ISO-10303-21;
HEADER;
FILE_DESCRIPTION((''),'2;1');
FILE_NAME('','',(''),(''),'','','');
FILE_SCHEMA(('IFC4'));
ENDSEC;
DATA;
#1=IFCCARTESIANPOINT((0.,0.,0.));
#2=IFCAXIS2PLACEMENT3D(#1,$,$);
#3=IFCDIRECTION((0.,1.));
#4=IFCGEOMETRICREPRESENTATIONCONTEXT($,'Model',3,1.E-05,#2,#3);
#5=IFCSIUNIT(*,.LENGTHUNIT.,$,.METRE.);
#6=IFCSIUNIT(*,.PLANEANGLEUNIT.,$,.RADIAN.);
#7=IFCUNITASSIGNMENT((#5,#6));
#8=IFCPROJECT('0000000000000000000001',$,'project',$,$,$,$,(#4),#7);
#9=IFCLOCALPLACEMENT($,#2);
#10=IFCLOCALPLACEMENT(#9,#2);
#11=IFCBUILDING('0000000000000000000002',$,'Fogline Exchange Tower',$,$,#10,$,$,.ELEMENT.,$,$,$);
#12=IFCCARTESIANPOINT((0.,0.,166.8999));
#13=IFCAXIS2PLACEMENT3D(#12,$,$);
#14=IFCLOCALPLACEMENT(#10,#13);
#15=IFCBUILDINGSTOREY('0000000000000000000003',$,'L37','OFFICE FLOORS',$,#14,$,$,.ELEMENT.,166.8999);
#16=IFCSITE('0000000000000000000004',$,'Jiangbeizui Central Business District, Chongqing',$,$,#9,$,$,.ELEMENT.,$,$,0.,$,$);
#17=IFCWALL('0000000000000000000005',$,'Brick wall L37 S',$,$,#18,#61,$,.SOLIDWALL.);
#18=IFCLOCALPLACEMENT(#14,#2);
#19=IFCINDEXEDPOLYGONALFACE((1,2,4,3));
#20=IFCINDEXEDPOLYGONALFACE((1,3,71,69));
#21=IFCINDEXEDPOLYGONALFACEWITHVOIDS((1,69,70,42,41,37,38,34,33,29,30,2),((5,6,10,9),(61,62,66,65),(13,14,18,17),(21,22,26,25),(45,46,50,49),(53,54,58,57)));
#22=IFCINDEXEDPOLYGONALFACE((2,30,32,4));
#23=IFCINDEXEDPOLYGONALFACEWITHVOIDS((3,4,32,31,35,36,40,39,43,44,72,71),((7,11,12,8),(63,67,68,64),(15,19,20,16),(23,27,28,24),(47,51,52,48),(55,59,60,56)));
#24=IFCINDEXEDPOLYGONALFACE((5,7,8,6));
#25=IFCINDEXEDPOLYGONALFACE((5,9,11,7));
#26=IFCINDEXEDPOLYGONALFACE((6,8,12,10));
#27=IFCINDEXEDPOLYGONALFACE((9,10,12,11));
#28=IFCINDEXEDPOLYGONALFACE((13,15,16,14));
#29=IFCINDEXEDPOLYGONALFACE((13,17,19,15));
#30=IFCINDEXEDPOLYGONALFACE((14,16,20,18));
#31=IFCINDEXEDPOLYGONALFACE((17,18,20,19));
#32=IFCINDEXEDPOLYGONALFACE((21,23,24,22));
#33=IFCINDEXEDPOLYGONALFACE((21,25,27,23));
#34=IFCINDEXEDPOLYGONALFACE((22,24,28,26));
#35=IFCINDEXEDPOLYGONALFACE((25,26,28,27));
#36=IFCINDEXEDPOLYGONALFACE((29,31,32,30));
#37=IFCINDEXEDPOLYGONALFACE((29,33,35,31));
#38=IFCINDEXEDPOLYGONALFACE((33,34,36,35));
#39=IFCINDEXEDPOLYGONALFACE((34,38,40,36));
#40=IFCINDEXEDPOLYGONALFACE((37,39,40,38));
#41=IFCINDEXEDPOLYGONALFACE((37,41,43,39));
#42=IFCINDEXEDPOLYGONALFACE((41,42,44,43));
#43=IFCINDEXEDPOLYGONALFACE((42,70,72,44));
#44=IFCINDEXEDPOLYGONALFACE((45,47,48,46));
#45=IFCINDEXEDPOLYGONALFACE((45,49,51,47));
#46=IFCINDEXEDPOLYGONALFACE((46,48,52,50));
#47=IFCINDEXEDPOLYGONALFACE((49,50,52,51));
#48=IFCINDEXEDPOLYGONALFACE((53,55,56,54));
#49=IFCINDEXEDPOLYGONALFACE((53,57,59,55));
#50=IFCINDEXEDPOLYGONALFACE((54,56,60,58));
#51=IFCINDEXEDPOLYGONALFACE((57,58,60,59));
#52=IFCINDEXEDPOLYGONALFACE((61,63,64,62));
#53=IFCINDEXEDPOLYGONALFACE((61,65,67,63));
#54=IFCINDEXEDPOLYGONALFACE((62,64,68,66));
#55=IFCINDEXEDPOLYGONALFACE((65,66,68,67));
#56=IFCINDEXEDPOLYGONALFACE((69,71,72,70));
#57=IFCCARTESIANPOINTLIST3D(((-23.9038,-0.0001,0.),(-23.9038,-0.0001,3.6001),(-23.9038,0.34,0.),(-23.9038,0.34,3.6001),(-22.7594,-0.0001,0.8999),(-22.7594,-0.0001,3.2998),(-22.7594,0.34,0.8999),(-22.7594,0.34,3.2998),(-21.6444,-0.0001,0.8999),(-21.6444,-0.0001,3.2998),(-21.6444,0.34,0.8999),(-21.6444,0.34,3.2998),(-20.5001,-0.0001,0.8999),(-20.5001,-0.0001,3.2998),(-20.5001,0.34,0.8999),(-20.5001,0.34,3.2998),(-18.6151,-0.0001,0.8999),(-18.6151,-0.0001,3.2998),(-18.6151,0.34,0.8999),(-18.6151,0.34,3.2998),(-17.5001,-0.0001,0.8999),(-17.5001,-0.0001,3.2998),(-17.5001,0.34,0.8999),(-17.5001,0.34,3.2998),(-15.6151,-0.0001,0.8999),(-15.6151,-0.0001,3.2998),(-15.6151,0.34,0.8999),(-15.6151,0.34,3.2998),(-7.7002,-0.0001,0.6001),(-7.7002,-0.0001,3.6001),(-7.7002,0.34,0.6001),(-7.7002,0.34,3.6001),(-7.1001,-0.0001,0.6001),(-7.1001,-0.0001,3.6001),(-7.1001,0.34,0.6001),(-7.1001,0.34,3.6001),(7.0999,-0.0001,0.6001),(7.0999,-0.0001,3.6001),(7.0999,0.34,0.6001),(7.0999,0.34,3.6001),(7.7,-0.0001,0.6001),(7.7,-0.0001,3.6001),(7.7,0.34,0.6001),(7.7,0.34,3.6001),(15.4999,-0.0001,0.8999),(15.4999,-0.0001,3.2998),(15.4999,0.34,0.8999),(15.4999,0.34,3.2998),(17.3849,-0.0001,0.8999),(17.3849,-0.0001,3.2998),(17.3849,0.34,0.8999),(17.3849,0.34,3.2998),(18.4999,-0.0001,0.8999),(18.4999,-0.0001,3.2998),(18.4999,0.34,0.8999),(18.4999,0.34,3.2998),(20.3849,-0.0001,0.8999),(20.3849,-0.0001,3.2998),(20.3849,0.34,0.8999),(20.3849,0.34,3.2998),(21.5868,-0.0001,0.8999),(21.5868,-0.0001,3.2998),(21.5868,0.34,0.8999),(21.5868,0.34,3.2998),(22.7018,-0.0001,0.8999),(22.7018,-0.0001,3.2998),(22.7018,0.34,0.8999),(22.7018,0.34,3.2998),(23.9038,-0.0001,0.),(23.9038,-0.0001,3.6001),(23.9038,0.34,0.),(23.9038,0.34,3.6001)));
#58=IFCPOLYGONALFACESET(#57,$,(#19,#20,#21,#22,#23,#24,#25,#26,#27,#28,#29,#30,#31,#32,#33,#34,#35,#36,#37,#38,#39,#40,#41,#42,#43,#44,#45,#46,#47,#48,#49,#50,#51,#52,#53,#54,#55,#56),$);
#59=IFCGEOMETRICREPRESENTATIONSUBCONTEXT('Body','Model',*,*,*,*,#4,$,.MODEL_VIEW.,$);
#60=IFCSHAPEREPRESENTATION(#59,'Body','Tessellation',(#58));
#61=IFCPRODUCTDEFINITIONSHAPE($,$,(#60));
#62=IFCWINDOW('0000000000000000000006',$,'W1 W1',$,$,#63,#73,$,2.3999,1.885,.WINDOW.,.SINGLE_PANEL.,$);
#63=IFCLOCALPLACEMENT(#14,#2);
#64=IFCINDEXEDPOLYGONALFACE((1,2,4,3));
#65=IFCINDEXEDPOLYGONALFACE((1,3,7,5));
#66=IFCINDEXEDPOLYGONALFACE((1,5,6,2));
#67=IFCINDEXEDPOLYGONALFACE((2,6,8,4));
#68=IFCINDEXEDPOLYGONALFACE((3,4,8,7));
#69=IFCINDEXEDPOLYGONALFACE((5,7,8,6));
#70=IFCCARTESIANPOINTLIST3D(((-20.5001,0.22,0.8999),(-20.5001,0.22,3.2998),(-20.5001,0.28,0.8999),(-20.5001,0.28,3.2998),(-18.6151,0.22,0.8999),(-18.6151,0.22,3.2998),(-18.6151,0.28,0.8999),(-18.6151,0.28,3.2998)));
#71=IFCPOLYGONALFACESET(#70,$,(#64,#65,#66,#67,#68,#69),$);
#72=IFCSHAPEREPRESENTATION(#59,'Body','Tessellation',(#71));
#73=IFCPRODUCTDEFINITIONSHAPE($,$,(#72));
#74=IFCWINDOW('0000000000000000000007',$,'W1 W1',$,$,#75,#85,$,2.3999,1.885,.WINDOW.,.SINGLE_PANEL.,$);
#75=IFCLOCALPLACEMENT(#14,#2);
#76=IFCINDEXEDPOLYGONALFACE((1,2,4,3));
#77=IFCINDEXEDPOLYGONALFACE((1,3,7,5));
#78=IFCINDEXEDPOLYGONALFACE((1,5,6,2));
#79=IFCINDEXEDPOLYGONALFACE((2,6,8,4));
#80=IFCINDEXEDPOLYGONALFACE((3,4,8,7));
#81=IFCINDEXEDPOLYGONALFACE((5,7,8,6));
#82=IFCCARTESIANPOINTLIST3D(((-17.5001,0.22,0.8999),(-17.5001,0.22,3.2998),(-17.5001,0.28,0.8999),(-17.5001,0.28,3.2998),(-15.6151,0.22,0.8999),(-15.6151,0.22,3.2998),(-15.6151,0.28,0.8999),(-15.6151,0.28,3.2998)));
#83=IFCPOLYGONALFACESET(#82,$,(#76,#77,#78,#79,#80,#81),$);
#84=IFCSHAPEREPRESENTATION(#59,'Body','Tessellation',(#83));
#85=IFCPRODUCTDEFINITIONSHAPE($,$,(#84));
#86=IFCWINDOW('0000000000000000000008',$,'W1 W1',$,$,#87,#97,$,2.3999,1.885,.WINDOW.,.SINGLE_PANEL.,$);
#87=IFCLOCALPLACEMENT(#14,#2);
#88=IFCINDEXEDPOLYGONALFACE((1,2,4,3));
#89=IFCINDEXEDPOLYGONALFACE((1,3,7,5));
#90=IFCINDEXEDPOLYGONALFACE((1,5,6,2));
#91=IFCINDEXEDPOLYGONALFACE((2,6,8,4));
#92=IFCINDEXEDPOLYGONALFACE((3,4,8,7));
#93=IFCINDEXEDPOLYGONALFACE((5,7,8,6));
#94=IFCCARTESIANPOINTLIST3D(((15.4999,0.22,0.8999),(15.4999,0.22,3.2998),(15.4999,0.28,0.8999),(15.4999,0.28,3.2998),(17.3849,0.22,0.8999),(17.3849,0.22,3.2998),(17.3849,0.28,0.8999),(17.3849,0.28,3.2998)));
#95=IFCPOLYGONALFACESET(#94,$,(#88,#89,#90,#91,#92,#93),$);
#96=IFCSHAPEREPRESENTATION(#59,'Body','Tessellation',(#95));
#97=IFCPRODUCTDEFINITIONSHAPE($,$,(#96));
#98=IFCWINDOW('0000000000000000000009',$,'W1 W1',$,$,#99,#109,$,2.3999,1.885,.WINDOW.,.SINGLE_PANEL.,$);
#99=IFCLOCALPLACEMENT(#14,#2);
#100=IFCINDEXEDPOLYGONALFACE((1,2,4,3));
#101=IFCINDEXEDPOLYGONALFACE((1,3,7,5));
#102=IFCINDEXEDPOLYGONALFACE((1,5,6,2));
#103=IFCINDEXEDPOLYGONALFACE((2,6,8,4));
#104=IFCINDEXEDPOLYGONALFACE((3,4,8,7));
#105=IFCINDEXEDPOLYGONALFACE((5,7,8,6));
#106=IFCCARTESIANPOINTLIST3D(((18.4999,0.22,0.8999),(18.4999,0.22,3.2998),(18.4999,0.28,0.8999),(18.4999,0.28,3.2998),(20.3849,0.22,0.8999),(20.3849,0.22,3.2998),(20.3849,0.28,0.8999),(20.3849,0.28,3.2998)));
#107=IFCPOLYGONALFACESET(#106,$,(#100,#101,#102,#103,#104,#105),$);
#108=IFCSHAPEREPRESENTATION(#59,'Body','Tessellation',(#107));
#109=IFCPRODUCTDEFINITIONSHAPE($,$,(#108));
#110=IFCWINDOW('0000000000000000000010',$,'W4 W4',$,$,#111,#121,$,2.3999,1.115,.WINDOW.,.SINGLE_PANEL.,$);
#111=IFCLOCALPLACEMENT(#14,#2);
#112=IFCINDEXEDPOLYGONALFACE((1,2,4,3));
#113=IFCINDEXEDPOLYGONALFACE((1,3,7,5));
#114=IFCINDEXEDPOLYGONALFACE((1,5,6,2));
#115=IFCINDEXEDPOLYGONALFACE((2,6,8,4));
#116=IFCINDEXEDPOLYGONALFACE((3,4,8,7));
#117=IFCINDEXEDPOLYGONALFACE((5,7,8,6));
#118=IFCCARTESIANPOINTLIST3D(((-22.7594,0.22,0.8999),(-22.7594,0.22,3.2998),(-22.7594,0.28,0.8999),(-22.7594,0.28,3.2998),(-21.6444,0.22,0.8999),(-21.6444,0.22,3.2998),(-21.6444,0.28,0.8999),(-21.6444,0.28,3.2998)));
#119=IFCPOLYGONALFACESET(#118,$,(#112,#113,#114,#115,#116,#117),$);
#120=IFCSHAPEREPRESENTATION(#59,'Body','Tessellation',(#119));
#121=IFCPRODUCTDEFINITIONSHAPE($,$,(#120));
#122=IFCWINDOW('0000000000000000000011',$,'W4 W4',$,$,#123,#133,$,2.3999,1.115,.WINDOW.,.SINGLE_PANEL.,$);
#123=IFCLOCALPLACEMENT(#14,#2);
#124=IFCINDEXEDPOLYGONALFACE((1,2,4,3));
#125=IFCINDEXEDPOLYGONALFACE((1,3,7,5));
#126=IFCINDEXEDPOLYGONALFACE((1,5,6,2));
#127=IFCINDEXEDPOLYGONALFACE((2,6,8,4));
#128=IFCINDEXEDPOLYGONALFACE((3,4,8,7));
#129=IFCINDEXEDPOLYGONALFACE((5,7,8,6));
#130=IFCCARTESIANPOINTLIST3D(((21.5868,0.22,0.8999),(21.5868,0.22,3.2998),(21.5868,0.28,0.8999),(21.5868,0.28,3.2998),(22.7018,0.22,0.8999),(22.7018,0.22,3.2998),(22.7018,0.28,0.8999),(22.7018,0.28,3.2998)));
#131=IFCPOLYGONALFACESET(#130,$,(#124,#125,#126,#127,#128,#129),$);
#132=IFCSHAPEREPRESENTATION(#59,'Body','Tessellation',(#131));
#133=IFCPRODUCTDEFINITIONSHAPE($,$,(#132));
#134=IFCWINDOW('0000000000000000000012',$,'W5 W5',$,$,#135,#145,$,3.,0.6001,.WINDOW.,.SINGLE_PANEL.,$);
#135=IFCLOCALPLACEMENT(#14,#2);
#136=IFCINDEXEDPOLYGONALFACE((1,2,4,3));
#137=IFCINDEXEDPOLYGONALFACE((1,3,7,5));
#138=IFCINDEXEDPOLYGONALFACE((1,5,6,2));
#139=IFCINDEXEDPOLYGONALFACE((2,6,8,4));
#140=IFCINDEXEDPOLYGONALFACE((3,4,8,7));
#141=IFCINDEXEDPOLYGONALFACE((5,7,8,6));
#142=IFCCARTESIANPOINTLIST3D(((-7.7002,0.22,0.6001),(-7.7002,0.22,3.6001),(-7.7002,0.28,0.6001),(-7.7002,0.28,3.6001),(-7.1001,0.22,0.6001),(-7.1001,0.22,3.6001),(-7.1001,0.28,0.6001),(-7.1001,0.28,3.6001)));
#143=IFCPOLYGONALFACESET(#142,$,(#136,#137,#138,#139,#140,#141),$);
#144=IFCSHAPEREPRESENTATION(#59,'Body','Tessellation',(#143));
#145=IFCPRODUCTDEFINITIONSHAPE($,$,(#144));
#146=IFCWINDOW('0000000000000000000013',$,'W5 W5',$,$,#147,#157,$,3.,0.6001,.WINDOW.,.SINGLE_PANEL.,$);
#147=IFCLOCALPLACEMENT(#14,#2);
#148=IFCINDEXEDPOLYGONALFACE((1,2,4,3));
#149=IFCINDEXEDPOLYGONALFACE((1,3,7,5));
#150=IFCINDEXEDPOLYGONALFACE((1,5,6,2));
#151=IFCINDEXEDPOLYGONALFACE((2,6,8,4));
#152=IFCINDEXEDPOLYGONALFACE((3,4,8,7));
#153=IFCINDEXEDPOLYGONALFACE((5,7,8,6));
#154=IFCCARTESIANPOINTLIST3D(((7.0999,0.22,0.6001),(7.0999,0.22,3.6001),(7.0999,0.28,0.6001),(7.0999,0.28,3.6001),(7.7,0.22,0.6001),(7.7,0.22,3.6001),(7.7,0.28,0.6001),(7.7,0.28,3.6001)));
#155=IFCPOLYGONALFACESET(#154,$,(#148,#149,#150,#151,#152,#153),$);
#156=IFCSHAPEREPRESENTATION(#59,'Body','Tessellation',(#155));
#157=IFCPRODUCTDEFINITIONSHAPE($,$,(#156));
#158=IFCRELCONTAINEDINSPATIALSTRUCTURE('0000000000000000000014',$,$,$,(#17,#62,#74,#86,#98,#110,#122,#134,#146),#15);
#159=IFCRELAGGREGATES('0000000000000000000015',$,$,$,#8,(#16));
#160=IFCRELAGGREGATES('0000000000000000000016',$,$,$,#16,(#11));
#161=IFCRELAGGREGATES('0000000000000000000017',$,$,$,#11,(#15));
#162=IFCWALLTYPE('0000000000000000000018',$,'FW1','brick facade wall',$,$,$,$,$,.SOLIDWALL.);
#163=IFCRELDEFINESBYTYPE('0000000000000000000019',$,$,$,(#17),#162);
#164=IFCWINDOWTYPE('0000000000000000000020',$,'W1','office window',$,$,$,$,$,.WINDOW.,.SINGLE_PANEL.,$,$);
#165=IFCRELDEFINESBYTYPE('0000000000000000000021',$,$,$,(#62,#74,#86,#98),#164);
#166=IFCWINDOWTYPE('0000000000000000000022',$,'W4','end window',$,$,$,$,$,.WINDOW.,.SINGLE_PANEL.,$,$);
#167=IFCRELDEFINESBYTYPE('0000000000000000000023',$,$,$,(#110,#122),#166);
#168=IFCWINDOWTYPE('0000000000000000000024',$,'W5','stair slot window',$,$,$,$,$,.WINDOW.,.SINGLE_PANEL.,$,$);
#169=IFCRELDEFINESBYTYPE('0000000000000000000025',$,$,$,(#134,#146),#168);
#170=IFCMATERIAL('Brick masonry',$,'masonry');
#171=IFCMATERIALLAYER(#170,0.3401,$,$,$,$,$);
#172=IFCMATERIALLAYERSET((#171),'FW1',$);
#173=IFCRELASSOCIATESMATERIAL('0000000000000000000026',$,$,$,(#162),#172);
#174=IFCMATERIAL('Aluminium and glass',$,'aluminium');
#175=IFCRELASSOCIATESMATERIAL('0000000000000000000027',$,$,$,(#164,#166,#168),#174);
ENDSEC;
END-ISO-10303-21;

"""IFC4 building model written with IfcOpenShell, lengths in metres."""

from ifc_helpers import new_model, si_unit, direction, frame, frame_2d, origin, place, context, subcontext, project, spatial, rectangle, extrude, material, layer, layer_set, type_object, element, fill, save


model = new_model("IFC4")

# Units and contexts
model_context = context("Model", 3, precision=1e-05, world=origin(), true_north=direction((0.0, 1.0)))
body_context = subcontext(model_context, "Body", "Model", "MODEL_VIEW")
ifc_project = project(units=[si_unit("LENGTHUNIT", "METRE"), si_unit("PLANEANGLEUNIT", "RADIAN")], contexts=[model_context])

# Site, building, storey
site_placement = place(None, origin())
site = spatial("IfcSite", under=ifc_project, at=site_placement, Name="Jiangbeizui Central Business District, Chongqing", CompositionType="ELEMENT", RefElevation=0.0)
building_placement = place(site_placement, origin())
building = spatial("IfcBuilding", under=site, at=building_placement, Name="Fogline Exchange Tower", CompositionType="ELEMENT")
storey_placement = place(building_placement, frame((0.0, 0.0, 166.8999)))
storey = spatial("IfcBuildingStorey", under=building, at=storey_placement, Name="L37", Description="OFFICE FLOORS", CompositionType="ELEMENT", Elevation=166.8999)

# Shared definitions
ifc_material_1 = material(Name="Brick masonry", Category="masonry")
ifc_layer = layer(ifc_material_1, 0.3401)
ifc_layer_set = layer_set([ifc_layer], Name="FW1")
wall_type = type_object("IfcWallType", Name="FW1", Description="brick facade wall", PredefinedType="SOLIDWALL", material=ifc_layer_set)
ifc_material_2 = material(Name="Aluminium and glass", Category="aluminium")

# Wall, openings, windows
wall_1_placement = place(storey_placement, frame((-23.9038, 0.1699, 0.0), z_axis=(0.0, 0.0, 1.0), x_axis=(1.0, 0.0, 0.0)))
wall_1 = element("IfcWall", 1, at=wall_1_placement, inside=storey, type_object=wall_type, Name="Brick wall L37 S", PredefinedType="SOLIDWALL", context=body_context, shape_type="SweptSolid", body=[
    extrude(rectangle(XDim=47.8076, YDim=0.3401, at=frame_2d((23.9038, 0.0))), origin(), (0.0, 0.0, 1.0), 3.6001),
])
opening_1_placement = place(wall_1_placement, frame((3.4038, 0.0, 0.8999)))
opening_1 = element("IfcOpeningElement", 2, at=opening_1_placement, cuts=wall_1, PredefinedType="OPENING", context=body_context, shape_type="SweptSolid", body=[
    extrude(rectangle(XDim=1.885, YDim=2.3999, at=frame_2d((0.9424, 1.2))), frame((0.0, 0.1802, 0.0), z_axis=(0.0, -1.0, 0.0), x_axis=(1.0, 0.0, 0.0)), (0.0, 0.0, 1.0), 0.3601),
])
opening_2_placement = place(wall_1_placement, frame((6.4038, 0.0, 0.8999)))
opening_2 = element("IfcOpeningElement", 3, at=opening_2_placement, cuts=wall_1, PredefinedType="OPENING", context=body_context, shape_type="SweptSolid", body=[
    extrude(rectangle(XDim=1.885, YDim=2.3999, at=frame_2d((0.9424, 1.2))), frame((0.0, 0.1802, 0.0), z_axis=(0.0, -1.0, 0.0), x_axis=(1.0, 0.0, 0.0)), (0.0, 0.0, 1.0), 0.3601),
])
opening_3_placement = place(wall_1_placement, frame((39.4038, 0.0, 0.8999)))
opening_3 = element("IfcOpeningElement", 4, at=opening_3_placement, cuts=wall_1, PredefinedType="OPENING", context=body_context, shape_type="SweptSolid", body=[
    extrude(rectangle(XDim=1.885, YDim=2.3999, at=frame_2d((0.9424, 1.2))), frame((0.0, 0.1802, 0.0), z_axis=(0.0, -1.0, 0.0), x_axis=(1.0, 0.0, 0.0)), (0.0, 0.0, 1.0), 0.3601),
])
opening_4_placement = place(wall_1_placement, frame((42.4038, 0.0, 0.8999)))
opening_4 = element("IfcOpeningElement", 5, at=opening_4_placement, cuts=wall_1, PredefinedType="OPENING", context=body_context, shape_type="SweptSolid", body=[
    extrude(rectangle(XDim=1.885, YDim=2.3999, at=frame_2d((0.9424, 1.2))), frame((0.0, 0.1802, 0.0), z_axis=(0.0, -1.0, 0.0), x_axis=(1.0, 0.0, 0.0)), (0.0, 0.0, 1.0), 0.3601),
])
opening_5_placement = place(wall_1_placement, frame((1.1443, 0.0, 0.8999)))
opening_5 = element("IfcOpeningElement", 6, at=opening_5_placement, cuts=wall_1, PredefinedType="OPENING", context=body_context, shape_type="SweptSolid", body=[
    extrude(rectangle(XDim=1.115, YDim=2.3999, at=frame_2d((0.5576, 1.2))), frame((0.0, 0.1802, 0.0), z_axis=(0.0, -1.0, 0.0), x_axis=(1.0, 0.0, 0.0)), (0.0, 0.0, 1.0), 0.3601),
])
opening_6_placement = place(wall_1_placement, frame((45.4905, 0.0, 0.8999)))
opening_6 = element("IfcOpeningElement", 7, at=opening_6_placement, cuts=wall_1, PredefinedType="OPENING", context=body_context, shape_type="SweptSolid", body=[
    extrude(rectangle(XDim=1.115, YDim=2.3999, at=frame_2d((0.5576, 1.2))), frame((0.0, 0.1802, 0.0), z_axis=(0.0, -1.0, 0.0), x_axis=(1.0, 0.0, 0.0)), (0.0, 0.0, 1.0), 0.3601),
])
opening_7_placement = place(wall_1_placement, frame((16.2036, 0.0, 0.6001)))
opening_7 = element("IfcOpeningElement", 8, at=opening_7_placement, cuts=wall_1, PredefinedType="OPENING", context=body_context, shape_type="SweptSolid", body=[
    extrude(rectangle(XDim=0.6001, YDim=3.0, at=frame_2d((0.3, 1.5))), frame((0.0, 0.1802, 0.0), z_axis=(0.0, -1.0, 0.0), x_axis=(1.0, 0.0, 0.0)), (0.0, 0.0, 1.0), 0.3601),
])
opening_8_placement = place(wall_1_placement, frame((31.0037, 0.0, 0.6001)))
opening_8 = element("IfcOpeningElement", 9, at=opening_8_placement, cuts=wall_1, PredefinedType="OPENING", context=body_context, shape_type="SweptSolid", body=[
    extrude(rectangle(XDim=0.6001, YDim=3.0, at=frame_2d((0.3, 1.5))), frame((0.0, 0.1802, 0.0), z_axis=(0.0, -1.0, 0.0), x_axis=(1.0, 0.0, 0.0)), (0.0, 0.0, 1.0), 0.3601),
])
window_type_1 = type_object("IfcWindowType", Name="W1", Description="office window", PartitioningType="SINGLE_PANEL", PredefinedType="WINDOW", material=ifc_material_2)
window_1_placement = place(opening_1_placement, origin())
window_1 = element("IfcWindow", 10, at=window_1_placement, inside=storey, type_object=window_type_1, Name="W1 W1", OverallHeight=2.3999, OverallWidth=1.885, PartitioningType="SINGLE_PANEL", PredefinedType="WINDOW", context=body_context, shape_type="SweptSolid", body=[
    extrude(rectangle(XDim=1.885, YDim=2.3999, at=frame_2d((0.9424, 1.2))), frame((0.0, 0.1101, 0.0), z_axis=(0.0, -1.0, 0.0), x_axis=(1.0, 0.0, 0.0)), (0.0, 0.0, 1.0), 0.0601),
])
fill(opening_1, window_1)
window_2_placement = place(opening_2_placement, origin())
window_2 = element("IfcWindow", 11, at=window_2_placement, inside=storey, type_object=window_type_1, Name="W1 W1", OverallHeight=2.3999, OverallWidth=1.885, PartitioningType="SINGLE_PANEL", PredefinedType="WINDOW", context=body_context, shape_type="SweptSolid", body=[
    extrude(rectangle(XDim=1.885, YDim=2.3999, at=frame_2d((0.9424, 1.2))), frame((0.0, 0.1101, 0.0), z_axis=(0.0, -1.0, 0.0), x_axis=(1.0, 0.0, 0.0)), (0.0, 0.0, 1.0), 0.0601),
])
fill(opening_2, window_2)
window_3_placement = place(opening_3_placement, origin())
window_3 = element("IfcWindow", 12, at=window_3_placement, inside=storey, type_object=window_type_1, Name="W1 W1", OverallHeight=2.3999, OverallWidth=1.885, PartitioningType="SINGLE_PANEL", PredefinedType="WINDOW", context=body_context, shape_type="SweptSolid", body=[
    extrude(rectangle(XDim=1.885, YDim=2.3999, at=frame_2d((0.9424, 1.2))), frame((0.0, 0.1101, 0.0), z_axis=(0.0, -1.0, 0.0), x_axis=(1.0, 0.0, 0.0)), (0.0, 0.0, 1.0), 0.0601),
])
fill(opening_3, window_3)
window_4_placement = place(opening_4_placement, origin())
window_4 = element("IfcWindow", 13, at=window_4_placement, inside=storey, type_object=window_type_1, Name="W1 W1", OverallHeight=2.3999, OverallWidth=1.885, PartitioningType="SINGLE_PANEL", PredefinedType="WINDOW", context=body_context, shape_type="SweptSolid", body=[
    extrude(rectangle(XDim=1.885, YDim=2.3999, at=frame_2d((0.9424, 1.2))), frame((0.0, 0.1101, 0.0), z_axis=(0.0, -1.0, 0.0), x_axis=(1.0, 0.0, 0.0)), (0.0, 0.0, 1.0), 0.0601),
])
fill(opening_4, window_4)
window_type_2 = type_object("IfcWindowType", Name="W4", Description="end window", PartitioningType="SINGLE_PANEL", PredefinedType="WINDOW", material=ifc_material_2)
window_5_placement = place(opening_5_placement, origin())
window_5 = element("IfcWindow", 14, at=window_5_placement, inside=storey, type_object=window_type_2, Name="W4 W4", OverallHeight=2.3999, OverallWidth=1.115, PartitioningType="SINGLE_PANEL", PredefinedType="WINDOW", context=body_context, shape_type="SweptSolid", body=[
    extrude(rectangle(XDim=1.115, YDim=2.3999, at=frame_2d((0.5576, 1.2))), frame((0.0, 0.1101, 0.0), z_axis=(0.0, -1.0, 0.0), x_axis=(1.0, 0.0, 0.0)), (0.0, 0.0, 1.0), 0.0601),
])
fill(opening_5, window_5)
window_6_placement = place(opening_6_placement, origin())
window_6 = element("IfcWindow", 15, at=window_6_placement, inside=storey, type_object=window_type_2, Name="W4 W4", OverallHeight=2.3999, OverallWidth=1.115, PartitioningType="SINGLE_PANEL", PredefinedType="WINDOW", context=body_context, shape_type="SweptSolid", body=[
    extrude(rectangle(XDim=1.115, YDim=2.3999, at=frame_2d((0.5576, 1.2))), frame((0.0, 0.1101, 0.0), z_axis=(0.0, -1.0, 0.0), x_axis=(1.0, 0.0, 0.0)), (0.0, 0.0, 1.0), 0.0601),
])
fill(opening_6, window_6)
window_type_3 = type_object("IfcWindowType", Name="W5", Description="stair slot window", PartitioningType="SINGLE_PANEL", PredefinedType="WINDOW", material=ifc_material_2)
window_7_placement = place(opening_7_placement, origin())
window_7 = element("IfcWindow", 16, at=window_7_placement, inside=storey, type_object=window_type_3, Name="W5 W5", OverallHeight=3.0, OverallWidth=0.6001, PartitioningType="SINGLE_PANEL", PredefinedType="WINDOW", context=body_context, shape_type="SweptSolid", body=[
    extrude(rectangle(XDim=0.6001, YDim=3.0, at=frame_2d((0.3, 1.5))), frame((0.0, 0.1101, 0.0), z_axis=(0.0, -1.0, 0.0), x_axis=(1.0, 0.0, 0.0)), (0.0, 0.0, 1.0), 0.0601),
])
fill(opening_7, window_7)
window_8_placement = place(opening_8_placement, origin())
window_8 = element("IfcWindow", 17, at=window_8_placement, inside=storey, type_object=window_type_3, Name="W5 W5", OverallHeight=3.0, OverallWidth=0.6001, PartitioningType="SINGLE_PANEL", PredefinedType="WINDOW", context=body_context, shape_type="SweptSolid", body=[
    extrude(rectangle(XDim=0.6001, YDim=3.0, at=frame_2d((0.3, 1.5))), frame((0.0, 0.1101, 0.0), z_axis=(0.0, -1.0, 0.0), x_axis=(1.0, 0.0, 0.0)), (0.0, 0.0, 1.0), 0.0601),
])
fill(opening_8, window_8)

save(model, "model.ifc")
